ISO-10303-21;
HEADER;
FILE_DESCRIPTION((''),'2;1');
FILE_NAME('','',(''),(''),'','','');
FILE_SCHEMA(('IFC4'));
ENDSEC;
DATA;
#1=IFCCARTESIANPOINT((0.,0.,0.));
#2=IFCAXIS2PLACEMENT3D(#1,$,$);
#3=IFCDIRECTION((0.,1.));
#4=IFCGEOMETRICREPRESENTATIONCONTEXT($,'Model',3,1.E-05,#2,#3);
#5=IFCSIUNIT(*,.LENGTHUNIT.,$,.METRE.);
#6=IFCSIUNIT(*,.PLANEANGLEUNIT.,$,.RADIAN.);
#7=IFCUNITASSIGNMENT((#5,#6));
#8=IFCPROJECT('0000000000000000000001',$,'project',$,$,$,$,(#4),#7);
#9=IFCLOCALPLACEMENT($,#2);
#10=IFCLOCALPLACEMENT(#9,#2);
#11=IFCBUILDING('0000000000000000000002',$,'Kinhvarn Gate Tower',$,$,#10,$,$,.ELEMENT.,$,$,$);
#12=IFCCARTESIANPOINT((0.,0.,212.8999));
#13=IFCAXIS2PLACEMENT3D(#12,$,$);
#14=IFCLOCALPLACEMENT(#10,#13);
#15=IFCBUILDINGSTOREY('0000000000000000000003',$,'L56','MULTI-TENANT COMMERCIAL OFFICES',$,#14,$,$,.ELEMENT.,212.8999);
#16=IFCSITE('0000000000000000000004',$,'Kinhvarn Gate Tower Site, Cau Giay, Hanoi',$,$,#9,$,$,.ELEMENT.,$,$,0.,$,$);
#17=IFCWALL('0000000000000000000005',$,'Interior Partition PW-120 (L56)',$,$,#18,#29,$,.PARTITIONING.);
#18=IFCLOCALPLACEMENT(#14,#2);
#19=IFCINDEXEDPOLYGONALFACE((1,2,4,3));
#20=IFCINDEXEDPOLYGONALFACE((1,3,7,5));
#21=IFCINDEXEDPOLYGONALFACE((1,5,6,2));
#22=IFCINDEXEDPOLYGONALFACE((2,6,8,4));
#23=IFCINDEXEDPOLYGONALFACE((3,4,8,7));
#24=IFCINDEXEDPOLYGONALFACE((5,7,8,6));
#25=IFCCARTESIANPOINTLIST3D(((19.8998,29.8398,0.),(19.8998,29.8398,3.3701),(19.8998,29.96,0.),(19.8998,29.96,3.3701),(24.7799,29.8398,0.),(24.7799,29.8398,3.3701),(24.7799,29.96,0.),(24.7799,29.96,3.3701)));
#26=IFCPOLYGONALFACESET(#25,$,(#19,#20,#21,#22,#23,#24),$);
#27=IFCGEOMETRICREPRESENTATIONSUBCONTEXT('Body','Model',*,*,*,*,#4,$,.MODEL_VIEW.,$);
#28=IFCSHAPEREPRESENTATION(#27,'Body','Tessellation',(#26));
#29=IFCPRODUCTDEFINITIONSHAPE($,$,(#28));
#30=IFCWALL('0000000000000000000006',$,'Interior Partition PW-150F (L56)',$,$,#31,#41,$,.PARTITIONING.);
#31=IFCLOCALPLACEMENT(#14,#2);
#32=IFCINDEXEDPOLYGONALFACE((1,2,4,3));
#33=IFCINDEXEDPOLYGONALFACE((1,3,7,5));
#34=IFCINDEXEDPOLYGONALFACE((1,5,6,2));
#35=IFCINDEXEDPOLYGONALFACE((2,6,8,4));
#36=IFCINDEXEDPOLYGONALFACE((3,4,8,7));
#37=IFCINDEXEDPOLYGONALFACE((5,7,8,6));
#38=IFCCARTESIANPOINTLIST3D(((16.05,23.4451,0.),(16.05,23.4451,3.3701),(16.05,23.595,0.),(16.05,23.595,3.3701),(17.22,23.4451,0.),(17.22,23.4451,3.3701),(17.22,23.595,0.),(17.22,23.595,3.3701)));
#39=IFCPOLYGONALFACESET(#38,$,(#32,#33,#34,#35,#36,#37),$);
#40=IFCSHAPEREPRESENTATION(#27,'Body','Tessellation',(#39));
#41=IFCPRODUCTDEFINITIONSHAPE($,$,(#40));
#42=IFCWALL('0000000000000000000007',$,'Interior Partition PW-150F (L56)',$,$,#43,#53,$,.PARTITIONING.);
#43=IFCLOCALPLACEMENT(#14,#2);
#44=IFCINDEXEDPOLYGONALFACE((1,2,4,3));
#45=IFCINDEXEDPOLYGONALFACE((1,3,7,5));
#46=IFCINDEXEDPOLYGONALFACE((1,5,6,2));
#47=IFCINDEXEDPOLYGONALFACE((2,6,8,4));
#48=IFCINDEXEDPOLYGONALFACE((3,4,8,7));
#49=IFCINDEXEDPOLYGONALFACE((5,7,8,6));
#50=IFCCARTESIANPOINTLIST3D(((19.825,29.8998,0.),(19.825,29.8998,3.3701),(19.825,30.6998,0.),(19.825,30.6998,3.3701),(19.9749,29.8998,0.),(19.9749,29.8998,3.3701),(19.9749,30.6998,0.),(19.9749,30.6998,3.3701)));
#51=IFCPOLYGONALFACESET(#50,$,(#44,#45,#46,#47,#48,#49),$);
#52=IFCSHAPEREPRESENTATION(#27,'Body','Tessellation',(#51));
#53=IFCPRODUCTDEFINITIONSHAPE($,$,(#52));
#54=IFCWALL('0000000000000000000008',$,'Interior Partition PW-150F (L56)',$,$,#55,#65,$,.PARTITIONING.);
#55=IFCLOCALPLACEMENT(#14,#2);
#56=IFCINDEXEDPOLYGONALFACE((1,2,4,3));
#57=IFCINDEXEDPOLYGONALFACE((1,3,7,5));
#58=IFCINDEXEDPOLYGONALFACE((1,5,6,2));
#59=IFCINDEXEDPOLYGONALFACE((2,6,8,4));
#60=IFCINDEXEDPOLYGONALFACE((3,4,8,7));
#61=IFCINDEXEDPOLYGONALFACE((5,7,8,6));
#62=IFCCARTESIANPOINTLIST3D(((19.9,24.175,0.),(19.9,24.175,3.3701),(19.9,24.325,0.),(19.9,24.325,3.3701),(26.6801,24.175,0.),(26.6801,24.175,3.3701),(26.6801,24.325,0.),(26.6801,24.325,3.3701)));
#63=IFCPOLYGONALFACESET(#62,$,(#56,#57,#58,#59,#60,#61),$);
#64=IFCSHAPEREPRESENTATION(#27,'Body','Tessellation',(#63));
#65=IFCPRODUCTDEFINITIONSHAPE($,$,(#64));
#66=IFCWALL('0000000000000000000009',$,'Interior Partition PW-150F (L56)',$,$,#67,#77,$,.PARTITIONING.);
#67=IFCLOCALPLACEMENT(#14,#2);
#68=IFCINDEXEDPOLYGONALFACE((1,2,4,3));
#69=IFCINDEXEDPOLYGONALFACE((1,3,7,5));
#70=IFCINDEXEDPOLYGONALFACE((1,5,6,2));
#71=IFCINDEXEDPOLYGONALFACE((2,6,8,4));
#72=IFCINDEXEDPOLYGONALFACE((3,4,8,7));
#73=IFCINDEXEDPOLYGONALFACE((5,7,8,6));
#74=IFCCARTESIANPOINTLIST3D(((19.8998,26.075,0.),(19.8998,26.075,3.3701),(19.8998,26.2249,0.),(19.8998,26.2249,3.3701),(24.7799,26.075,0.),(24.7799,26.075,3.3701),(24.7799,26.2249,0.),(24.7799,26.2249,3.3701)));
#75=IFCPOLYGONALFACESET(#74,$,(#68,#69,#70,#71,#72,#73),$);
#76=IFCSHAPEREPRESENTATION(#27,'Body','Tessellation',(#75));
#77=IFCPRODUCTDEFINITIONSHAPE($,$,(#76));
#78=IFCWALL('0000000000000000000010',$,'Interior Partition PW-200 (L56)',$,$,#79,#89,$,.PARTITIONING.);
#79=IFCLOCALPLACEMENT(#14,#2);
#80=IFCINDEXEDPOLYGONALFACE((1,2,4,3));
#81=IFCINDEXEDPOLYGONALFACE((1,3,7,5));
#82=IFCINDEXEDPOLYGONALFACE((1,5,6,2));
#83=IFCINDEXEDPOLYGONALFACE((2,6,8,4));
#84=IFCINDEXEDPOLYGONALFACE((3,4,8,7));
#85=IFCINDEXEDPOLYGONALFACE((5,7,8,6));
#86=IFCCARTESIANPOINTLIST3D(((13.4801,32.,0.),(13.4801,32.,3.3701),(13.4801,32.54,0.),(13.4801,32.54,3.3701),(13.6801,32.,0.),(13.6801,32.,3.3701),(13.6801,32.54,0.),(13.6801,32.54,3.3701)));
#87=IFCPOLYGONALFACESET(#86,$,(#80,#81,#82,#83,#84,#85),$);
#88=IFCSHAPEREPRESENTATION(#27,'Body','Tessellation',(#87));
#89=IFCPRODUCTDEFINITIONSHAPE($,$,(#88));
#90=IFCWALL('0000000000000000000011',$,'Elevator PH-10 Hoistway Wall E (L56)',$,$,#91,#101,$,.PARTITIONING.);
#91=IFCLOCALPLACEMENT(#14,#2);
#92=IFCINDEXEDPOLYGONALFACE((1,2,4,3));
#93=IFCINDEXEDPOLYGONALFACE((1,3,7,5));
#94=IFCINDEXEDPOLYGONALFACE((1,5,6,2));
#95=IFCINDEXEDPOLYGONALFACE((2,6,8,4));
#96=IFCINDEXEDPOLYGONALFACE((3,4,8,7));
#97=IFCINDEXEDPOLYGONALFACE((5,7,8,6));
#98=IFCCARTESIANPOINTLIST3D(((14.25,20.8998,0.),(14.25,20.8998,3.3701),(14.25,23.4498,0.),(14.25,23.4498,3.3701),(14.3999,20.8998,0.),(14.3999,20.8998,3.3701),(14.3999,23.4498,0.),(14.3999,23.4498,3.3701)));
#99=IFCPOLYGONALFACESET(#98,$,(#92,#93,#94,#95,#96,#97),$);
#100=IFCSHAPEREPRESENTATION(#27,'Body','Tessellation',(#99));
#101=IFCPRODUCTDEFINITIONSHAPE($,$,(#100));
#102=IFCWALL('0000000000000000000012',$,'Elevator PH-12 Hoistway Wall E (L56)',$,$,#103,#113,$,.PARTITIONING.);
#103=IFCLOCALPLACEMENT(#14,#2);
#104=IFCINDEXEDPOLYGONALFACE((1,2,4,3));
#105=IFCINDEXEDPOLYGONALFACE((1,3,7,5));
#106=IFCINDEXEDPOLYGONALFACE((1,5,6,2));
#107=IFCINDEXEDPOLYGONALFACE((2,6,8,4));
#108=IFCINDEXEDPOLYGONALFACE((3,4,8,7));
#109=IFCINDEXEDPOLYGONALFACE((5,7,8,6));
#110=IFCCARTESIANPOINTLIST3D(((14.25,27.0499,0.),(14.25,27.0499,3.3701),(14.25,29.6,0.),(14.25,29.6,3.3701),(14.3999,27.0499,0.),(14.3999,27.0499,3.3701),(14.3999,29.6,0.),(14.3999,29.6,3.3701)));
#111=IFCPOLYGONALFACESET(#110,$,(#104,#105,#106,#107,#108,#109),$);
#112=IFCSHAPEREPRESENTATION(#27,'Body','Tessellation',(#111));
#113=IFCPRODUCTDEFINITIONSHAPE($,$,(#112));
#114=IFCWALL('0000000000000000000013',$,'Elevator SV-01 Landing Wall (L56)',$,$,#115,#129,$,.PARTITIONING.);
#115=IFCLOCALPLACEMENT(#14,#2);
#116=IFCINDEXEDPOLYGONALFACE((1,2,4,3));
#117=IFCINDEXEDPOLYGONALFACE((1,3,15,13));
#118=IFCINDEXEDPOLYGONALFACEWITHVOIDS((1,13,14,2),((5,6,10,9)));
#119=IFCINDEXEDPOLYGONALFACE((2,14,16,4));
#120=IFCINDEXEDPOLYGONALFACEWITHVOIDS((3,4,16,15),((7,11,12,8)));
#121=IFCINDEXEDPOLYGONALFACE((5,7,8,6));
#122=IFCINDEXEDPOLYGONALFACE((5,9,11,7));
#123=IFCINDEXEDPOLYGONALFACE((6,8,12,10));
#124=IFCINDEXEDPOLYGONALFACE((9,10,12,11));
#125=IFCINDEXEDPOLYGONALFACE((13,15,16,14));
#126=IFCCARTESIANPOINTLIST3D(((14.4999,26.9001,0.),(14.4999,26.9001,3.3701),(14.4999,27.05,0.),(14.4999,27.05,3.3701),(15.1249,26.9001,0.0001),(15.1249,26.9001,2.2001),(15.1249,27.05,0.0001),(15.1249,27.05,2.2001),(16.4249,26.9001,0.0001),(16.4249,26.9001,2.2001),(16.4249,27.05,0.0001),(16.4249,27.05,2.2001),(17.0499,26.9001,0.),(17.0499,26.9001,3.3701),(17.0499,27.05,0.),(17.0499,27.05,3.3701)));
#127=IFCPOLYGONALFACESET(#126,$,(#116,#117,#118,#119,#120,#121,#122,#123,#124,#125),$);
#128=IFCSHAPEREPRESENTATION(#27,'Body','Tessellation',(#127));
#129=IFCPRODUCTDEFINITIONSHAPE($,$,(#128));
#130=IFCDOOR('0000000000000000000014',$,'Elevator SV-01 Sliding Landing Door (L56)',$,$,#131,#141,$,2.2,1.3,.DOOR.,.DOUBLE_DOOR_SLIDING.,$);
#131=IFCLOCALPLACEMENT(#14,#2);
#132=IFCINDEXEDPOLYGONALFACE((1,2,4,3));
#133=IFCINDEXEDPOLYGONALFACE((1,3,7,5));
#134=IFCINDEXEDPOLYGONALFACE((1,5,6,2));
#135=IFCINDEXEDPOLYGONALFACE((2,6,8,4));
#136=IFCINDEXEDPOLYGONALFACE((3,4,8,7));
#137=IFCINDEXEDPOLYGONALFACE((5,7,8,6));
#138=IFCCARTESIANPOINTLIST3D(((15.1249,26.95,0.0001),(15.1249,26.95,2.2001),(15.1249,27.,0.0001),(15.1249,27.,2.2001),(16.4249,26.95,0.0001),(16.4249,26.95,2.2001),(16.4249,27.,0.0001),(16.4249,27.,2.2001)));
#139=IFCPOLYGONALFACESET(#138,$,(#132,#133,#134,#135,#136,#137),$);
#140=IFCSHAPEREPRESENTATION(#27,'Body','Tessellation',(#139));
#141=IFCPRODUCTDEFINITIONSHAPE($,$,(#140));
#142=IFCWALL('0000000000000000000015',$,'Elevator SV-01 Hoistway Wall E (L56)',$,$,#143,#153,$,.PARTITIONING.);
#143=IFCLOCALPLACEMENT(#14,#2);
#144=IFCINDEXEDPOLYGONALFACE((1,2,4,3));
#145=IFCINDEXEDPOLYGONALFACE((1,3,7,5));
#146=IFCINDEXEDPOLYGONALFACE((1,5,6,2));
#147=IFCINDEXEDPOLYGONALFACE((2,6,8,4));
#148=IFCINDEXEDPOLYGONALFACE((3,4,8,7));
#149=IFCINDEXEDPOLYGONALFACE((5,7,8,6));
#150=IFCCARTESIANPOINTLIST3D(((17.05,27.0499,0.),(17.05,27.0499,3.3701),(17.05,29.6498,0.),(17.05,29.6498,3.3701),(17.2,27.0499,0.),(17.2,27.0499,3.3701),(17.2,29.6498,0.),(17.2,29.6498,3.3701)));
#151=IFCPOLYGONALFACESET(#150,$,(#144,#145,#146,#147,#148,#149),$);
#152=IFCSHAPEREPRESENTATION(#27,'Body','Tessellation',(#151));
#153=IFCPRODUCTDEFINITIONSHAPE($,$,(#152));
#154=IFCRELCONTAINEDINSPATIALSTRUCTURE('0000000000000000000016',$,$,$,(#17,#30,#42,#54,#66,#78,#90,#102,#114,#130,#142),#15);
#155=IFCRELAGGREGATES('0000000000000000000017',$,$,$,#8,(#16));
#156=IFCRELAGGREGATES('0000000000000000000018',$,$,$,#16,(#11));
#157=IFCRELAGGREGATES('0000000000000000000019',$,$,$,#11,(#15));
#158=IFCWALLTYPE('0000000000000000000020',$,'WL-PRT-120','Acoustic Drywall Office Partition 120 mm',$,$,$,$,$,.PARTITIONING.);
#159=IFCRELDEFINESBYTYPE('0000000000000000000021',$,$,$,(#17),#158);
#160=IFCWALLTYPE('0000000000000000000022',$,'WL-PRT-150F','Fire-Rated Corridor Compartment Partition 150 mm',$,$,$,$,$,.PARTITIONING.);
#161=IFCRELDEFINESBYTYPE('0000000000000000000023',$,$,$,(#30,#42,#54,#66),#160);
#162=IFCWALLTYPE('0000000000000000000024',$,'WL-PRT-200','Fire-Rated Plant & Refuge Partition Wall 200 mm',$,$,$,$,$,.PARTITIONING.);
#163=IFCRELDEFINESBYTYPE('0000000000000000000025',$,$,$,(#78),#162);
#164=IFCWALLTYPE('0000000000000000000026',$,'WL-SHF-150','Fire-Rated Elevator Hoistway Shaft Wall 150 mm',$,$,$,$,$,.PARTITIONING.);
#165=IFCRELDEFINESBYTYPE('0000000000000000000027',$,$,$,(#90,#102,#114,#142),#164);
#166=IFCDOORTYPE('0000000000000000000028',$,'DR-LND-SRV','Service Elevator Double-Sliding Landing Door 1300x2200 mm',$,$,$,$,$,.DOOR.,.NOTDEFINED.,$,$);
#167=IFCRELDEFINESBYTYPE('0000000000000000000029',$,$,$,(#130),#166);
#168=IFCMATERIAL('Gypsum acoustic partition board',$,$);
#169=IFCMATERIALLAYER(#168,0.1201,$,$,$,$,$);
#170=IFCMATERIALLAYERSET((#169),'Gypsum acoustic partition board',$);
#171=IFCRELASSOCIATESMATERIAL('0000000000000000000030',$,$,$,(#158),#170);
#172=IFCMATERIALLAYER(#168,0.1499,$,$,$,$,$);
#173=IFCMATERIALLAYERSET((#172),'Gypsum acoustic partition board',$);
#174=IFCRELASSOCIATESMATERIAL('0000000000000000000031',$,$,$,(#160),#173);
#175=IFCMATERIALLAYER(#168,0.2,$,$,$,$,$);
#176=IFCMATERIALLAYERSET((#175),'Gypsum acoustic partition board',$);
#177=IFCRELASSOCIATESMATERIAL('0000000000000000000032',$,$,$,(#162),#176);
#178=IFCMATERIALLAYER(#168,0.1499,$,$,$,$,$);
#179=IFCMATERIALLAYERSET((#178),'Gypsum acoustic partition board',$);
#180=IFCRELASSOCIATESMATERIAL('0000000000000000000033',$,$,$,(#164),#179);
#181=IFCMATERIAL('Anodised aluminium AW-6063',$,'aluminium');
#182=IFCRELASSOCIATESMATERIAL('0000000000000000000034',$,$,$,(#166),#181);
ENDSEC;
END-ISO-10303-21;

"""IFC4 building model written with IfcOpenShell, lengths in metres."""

from ifc_helpers import new_model, si_unit, direction, frame, frame_2d, origin, place, context, subcontext, project, spatial, rectangle, extrude, material, layer, layer_set, type_object, element, fill, save


model = new_model("IFC4")

# Units and contexts
model_context = context("Model", 3, precision=1e-05, world=origin(), true_north=direction((0.0, 1.0)))
body_context = subcontext(model_context, "Body", "Model", "MODEL_VIEW")
ifc_project = project(units=[si_unit("LENGTHUNIT", "METRE"), si_unit("PLANEANGLEUNIT", "RADIAN")], contexts=[model_context])

# Site, building, storey
site_placement = place(None, origin())
site = spatial("IfcSite", under=ifc_project, at=site_placement, Name="Kinhvarn Gate Tower Site, Cau Giay, Hanoi", CompositionType="ELEMENT", RefElevation=0.0)
building_placement = place(site_placement, origin())
building = spatial("IfcBuilding", under=site, at=building_placement, Name="Kinhvarn Gate Tower", CompositionType="ELEMENT")
storey_placement = place(building_placement, frame((0.0, 0.0, 212.8999)))
storey = spatial("IfcBuildingStorey", under=building, at=storey_placement, Name="L56", Description="MULTI-TENANT COMMERCIAL OFFICES", CompositionType="ELEMENT", Elevation=212.8999)

# Shared definitions
ifc_material_1 = material(Name="Anodised aluminium AW-6063", Category="aluminium")
ifc_material_2 = material(Name="Gypsum acoustic partition board")
ifc_layer_1 = layer(ifc_material_2, 0.1201)
ifc_layer_set_1 = layer_set([ifc_layer_1], Name="Gypsum acoustic partition board")
wall_type_1 = type_object("IfcWallType", Name="WL-PRT-120", Description="Acoustic Drywall Office Partition 120 mm", PredefinedType="PARTITIONING", material=ifc_layer_set_1)

# Walls
wall_1_placement = place(storey_placement, frame((19.8999, 29.8999, 0.0), z_axis=(0.0, 0.0, 1.0), x_axis=(1.0, 0.0, 0.0)))
element("IfcWall", 1, at=wall_1_placement, inside=storey, type_object=wall_type_1, Name="Interior Partition PW-120 (L56)", PredefinedType="PARTITIONING", context=body_context, shape_type="SweptSolid", body=[
    extrude(rectangle(XDim=4.8801, YDim=0.1201, at=frame_2d((2.4399, 0.0))), origin(), (0.0, 0.0, 1.0), 3.3701),
])
ifc_layer_2 = layer(ifc_material_2, 0.1499)
ifc_layer_set_2 = layer_set([ifc_layer_2], Name="Gypsum acoustic partition board")
wall_type_2 = type_object("IfcWallType", Name="WL-PRT-150F", Description="Fire-Rated Corridor Compartment Partition 150 mm", PredefinedType="PARTITIONING", material=ifc_layer_set_2)
wall_2_placement = place(storey_placement, frame((16.05, 23.52, 0.0), z_axis=(0.0, 0.0, 1.0), x_axis=(1.0, 0.0, 0.0)))
element("IfcWall", 2, at=wall_2_placement, inside=storey, type_object=wall_type_2, Name="Interior Partition PW-150F (L56)", PredefinedType="PARTITIONING", context=body_context, shape_type="SweptSolid", body=[
    extrude(rectangle(XDim=1.1699, YDim=0.1499, at=frame_2d((0.585, 0.0))), origin(), (0.0, 0.0, 1.0), 3.3701),
])

# Wall
wall_3_placement = place(storey_placement, frame((19.8999, 29.8999, 0.0), z_axis=(0.0, 0.0, 1.0), x_axis=(0.0, 1.0, 0.0)))
element("IfcWall", 3, at=wall_3_placement, inside=storey, type_object=wall_type_2, Name="Interior Partition PW-150F (L56)", PredefinedType="PARTITIONING", context=body_context, shape_type="SweptSolid", body=[
    extrude(rectangle(XDim=0.8, YDim=0.1499, at=frame_2d((0.3999, 0.0))), origin(), (0.0, 0.0, 1.0), 3.3701),
])

# Walls
wall_4_placement = place(storey_placement, frame((19.8999, 24.25, 0.0), z_axis=(0.0, 0.0, 1.0), x_axis=(1.0, 0.0, 0.0)))
element("IfcWall", 4, at=wall_4_placement, inside=storey, type_object=wall_type_2, Name="Interior Partition PW-150F (L56)", PredefinedType="PARTITIONING", context=body_context, shape_type="SweptSolid", body=[
    extrude(rectangle(XDim=6.78, YDim=0.1499, at=frame_2d((3.3901, 0.0))), origin(), (0.0, 0.0, 1.0), 3.3701),
])
wall_5_placement = place(storey_placement, frame((19.8999, 26.1499, 0.0), z_axis=(0.0, 0.0, 1.0), x_axis=(1.0, 0.0, 0.0)))
element("IfcWall", 5, at=wall_5_placement, inside=storey, type_object=wall_type_2, Name="Interior Partition PW-150F (L56)", PredefinedType="PARTITIONING", context=body_context, shape_type="SweptSolid", body=[
    extrude(rectangle(XDim=4.8801, YDim=0.1499, at=frame_2d((2.4399, 0.0))), origin(), (0.0, 0.0, 1.0), 3.3701),
])
ifc_layer_3 = layer(ifc_material_2, 0.2)
ifc_layer_set_3 = layer_set([ifc_layer_3], Name="Gypsum acoustic partition board")
wall_type_3 = type_object("IfcWallType", Name="WL-PRT-200", Description="Fire-Rated Plant & Refuge Partition Wall 200 mm", PredefinedType="PARTITIONING", material=ifc_layer_set_3)
wall_6_placement = place(storey_placement, frame((13.5801, 32.0, 0.0), z_axis=(0.0, 0.0, 1.0), x_axis=(0.0, 1.0, 0.0)))
element("IfcWall", 6, at=wall_6_placement, inside=storey, type_object=wall_type_3, Name="Interior Partition PW-200 (L56)", PredefinedType="PARTITIONING", context=body_context, shape_type="SweptSolid", body=[
    extrude(rectangle(XDim=0.54, YDim=0.2, at=frame_2d((0.27, 0.0))), origin(), (0.0, 0.0, 1.0), 3.3701),
])
ifc_layer_4 = layer(ifc_material_2, 0.1499)
ifc_layer_set_4 = layer_set([ifc_layer_4], Name="Gypsum acoustic partition board")
wall_type_4 = type_object("IfcWallType", Name="WL-SHF-150", Description="Fire-Rated Elevator Hoistway Shaft Wall 150 mm", PredefinedType="PARTITIONING", material=ifc_layer_set_4)
for number, where, z_axis, x_axis, name in (
    (7, (14.325, 20.8999, 0.0), (0.0, 0.0, 1.0), (0.0, 1.0, 0.0), "Elevator PH-10 Hoistway Wall E (L56)"),
    (8, (14.325, 27.05, 0.0), (0.0, 0.0, 1.0), (0.0, 1.0, 0.0), "Elevator PH-12 Hoistway Wall E (L56)"),
):
    element("IfcWall", number, at=place(storey_placement, frame(where, z_axis=z_axis, x_axis=x_axis)), inside=storey, type_object=wall_type_4, Name=name, PredefinedType="PARTITIONING", context=body_context, shape_type="SweptSolid", body=[
        extrude(rectangle(XDim=2.55, YDim=0.1499, at=frame_2d((1.2749, 0.0))), origin(), (0.0, 0.0, 1.0), 3.3701),
    ])

# Wall, opening, door
wall_7_placement = place(storey_placement, frame((14.5, 26.9751, 0.0), z_axis=(0.0, 0.0, 1.0), x_axis=(1.0, 0.0, 0.0)))
wall_7 = element("IfcWall", 9, at=wall_7_placement, inside=storey, type_object=wall_type_4, Name="Elevator SV-01 Landing Wall (L56)", PredefinedType="PARTITIONING", context=body_context, shape_type="SweptSolid", body=[
    extrude(rectangle(XDim=2.55, YDim=0.1499, at=frame_2d((1.2749, 0.0))), origin(), (0.0, 0.0, 1.0), 3.3701),
])
opening_1_placement = place(wall_7_placement, frame((0.625, 0.0, 0.0)))
opening_1 = element("IfcOpeningElement", 10, at=opening_1_placement, cuts=wall_7, PredefinedType="OPENING", context=body_context, shape_type="SweptSolid", body=[
    extrude(rectangle(XDim=1.3, YDim=2.2, at=frame_2d((0.6499, 1.1001))), frame((0.0, 0.085, 0.0), z_axis=(0.0, -1.0, 0.0), x_axis=(1.0, 0.0, 0.0)), (0.0, 0.0, 1.0), 0.1699),
])
door_type_1 = type_object("IfcDoorType", Name="DR-LND-SRV", Description="Service Elevator Double-Sliding Landing Door 1300x2200 mm", OperationType="NOTDEFINED", PredefinedType="DOOR", material=ifc_material_1)
door_1_placement = place(opening_1_placement, origin())
door_1 = element("IfcDoor", 11, at=door_1_placement, inside=storey, type_object=door_type_1, Name="Elevator SV-01 Sliding Landing Door (L56)", OperationType="DOUBLE_DOOR_SLIDING", OverallHeight=2.2, OverallWidth=1.3, PredefinedType="DOOR", context=body_context, shape_type="SweptSolid", body=[
    extrude(rectangle(XDim=1.3, YDim=2.2, at=frame_2d((0.6499, 1.1001))), frame((0.0, 0.0249, 0.0), z_axis=(0.0, -1.0, 0.0), x_axis=(1.0, 0.0, 0.0)), (0.0, 0.0, 1.0), 0.05),
])
fill(opening_1, door_1)

# Wall
wall_8_placement = place(storey_placement, frame((17.125, 27.05, 0.0), z_axis=(0.0, 0.0, 1.0), x_axis=(0.0, 1.0, 0.0)))
element("IfcWall", 12, at=wall_8_placement, inside=storey, type_object=wall_type_4, Name="Elevator SV-01 Hoistway Wall E (L56)", PredefinedType="PARTITIONING", context=body_context, shape_type="SweptSolid", body=[
    extrude(rectangle(XDim=2.5999, YDim=0.1499, at=frame_2d((1.2998, 0.0))), origin(), (0.0, 0.0, 1.0), 3.3701),
])

save(model, "model.ifc")
